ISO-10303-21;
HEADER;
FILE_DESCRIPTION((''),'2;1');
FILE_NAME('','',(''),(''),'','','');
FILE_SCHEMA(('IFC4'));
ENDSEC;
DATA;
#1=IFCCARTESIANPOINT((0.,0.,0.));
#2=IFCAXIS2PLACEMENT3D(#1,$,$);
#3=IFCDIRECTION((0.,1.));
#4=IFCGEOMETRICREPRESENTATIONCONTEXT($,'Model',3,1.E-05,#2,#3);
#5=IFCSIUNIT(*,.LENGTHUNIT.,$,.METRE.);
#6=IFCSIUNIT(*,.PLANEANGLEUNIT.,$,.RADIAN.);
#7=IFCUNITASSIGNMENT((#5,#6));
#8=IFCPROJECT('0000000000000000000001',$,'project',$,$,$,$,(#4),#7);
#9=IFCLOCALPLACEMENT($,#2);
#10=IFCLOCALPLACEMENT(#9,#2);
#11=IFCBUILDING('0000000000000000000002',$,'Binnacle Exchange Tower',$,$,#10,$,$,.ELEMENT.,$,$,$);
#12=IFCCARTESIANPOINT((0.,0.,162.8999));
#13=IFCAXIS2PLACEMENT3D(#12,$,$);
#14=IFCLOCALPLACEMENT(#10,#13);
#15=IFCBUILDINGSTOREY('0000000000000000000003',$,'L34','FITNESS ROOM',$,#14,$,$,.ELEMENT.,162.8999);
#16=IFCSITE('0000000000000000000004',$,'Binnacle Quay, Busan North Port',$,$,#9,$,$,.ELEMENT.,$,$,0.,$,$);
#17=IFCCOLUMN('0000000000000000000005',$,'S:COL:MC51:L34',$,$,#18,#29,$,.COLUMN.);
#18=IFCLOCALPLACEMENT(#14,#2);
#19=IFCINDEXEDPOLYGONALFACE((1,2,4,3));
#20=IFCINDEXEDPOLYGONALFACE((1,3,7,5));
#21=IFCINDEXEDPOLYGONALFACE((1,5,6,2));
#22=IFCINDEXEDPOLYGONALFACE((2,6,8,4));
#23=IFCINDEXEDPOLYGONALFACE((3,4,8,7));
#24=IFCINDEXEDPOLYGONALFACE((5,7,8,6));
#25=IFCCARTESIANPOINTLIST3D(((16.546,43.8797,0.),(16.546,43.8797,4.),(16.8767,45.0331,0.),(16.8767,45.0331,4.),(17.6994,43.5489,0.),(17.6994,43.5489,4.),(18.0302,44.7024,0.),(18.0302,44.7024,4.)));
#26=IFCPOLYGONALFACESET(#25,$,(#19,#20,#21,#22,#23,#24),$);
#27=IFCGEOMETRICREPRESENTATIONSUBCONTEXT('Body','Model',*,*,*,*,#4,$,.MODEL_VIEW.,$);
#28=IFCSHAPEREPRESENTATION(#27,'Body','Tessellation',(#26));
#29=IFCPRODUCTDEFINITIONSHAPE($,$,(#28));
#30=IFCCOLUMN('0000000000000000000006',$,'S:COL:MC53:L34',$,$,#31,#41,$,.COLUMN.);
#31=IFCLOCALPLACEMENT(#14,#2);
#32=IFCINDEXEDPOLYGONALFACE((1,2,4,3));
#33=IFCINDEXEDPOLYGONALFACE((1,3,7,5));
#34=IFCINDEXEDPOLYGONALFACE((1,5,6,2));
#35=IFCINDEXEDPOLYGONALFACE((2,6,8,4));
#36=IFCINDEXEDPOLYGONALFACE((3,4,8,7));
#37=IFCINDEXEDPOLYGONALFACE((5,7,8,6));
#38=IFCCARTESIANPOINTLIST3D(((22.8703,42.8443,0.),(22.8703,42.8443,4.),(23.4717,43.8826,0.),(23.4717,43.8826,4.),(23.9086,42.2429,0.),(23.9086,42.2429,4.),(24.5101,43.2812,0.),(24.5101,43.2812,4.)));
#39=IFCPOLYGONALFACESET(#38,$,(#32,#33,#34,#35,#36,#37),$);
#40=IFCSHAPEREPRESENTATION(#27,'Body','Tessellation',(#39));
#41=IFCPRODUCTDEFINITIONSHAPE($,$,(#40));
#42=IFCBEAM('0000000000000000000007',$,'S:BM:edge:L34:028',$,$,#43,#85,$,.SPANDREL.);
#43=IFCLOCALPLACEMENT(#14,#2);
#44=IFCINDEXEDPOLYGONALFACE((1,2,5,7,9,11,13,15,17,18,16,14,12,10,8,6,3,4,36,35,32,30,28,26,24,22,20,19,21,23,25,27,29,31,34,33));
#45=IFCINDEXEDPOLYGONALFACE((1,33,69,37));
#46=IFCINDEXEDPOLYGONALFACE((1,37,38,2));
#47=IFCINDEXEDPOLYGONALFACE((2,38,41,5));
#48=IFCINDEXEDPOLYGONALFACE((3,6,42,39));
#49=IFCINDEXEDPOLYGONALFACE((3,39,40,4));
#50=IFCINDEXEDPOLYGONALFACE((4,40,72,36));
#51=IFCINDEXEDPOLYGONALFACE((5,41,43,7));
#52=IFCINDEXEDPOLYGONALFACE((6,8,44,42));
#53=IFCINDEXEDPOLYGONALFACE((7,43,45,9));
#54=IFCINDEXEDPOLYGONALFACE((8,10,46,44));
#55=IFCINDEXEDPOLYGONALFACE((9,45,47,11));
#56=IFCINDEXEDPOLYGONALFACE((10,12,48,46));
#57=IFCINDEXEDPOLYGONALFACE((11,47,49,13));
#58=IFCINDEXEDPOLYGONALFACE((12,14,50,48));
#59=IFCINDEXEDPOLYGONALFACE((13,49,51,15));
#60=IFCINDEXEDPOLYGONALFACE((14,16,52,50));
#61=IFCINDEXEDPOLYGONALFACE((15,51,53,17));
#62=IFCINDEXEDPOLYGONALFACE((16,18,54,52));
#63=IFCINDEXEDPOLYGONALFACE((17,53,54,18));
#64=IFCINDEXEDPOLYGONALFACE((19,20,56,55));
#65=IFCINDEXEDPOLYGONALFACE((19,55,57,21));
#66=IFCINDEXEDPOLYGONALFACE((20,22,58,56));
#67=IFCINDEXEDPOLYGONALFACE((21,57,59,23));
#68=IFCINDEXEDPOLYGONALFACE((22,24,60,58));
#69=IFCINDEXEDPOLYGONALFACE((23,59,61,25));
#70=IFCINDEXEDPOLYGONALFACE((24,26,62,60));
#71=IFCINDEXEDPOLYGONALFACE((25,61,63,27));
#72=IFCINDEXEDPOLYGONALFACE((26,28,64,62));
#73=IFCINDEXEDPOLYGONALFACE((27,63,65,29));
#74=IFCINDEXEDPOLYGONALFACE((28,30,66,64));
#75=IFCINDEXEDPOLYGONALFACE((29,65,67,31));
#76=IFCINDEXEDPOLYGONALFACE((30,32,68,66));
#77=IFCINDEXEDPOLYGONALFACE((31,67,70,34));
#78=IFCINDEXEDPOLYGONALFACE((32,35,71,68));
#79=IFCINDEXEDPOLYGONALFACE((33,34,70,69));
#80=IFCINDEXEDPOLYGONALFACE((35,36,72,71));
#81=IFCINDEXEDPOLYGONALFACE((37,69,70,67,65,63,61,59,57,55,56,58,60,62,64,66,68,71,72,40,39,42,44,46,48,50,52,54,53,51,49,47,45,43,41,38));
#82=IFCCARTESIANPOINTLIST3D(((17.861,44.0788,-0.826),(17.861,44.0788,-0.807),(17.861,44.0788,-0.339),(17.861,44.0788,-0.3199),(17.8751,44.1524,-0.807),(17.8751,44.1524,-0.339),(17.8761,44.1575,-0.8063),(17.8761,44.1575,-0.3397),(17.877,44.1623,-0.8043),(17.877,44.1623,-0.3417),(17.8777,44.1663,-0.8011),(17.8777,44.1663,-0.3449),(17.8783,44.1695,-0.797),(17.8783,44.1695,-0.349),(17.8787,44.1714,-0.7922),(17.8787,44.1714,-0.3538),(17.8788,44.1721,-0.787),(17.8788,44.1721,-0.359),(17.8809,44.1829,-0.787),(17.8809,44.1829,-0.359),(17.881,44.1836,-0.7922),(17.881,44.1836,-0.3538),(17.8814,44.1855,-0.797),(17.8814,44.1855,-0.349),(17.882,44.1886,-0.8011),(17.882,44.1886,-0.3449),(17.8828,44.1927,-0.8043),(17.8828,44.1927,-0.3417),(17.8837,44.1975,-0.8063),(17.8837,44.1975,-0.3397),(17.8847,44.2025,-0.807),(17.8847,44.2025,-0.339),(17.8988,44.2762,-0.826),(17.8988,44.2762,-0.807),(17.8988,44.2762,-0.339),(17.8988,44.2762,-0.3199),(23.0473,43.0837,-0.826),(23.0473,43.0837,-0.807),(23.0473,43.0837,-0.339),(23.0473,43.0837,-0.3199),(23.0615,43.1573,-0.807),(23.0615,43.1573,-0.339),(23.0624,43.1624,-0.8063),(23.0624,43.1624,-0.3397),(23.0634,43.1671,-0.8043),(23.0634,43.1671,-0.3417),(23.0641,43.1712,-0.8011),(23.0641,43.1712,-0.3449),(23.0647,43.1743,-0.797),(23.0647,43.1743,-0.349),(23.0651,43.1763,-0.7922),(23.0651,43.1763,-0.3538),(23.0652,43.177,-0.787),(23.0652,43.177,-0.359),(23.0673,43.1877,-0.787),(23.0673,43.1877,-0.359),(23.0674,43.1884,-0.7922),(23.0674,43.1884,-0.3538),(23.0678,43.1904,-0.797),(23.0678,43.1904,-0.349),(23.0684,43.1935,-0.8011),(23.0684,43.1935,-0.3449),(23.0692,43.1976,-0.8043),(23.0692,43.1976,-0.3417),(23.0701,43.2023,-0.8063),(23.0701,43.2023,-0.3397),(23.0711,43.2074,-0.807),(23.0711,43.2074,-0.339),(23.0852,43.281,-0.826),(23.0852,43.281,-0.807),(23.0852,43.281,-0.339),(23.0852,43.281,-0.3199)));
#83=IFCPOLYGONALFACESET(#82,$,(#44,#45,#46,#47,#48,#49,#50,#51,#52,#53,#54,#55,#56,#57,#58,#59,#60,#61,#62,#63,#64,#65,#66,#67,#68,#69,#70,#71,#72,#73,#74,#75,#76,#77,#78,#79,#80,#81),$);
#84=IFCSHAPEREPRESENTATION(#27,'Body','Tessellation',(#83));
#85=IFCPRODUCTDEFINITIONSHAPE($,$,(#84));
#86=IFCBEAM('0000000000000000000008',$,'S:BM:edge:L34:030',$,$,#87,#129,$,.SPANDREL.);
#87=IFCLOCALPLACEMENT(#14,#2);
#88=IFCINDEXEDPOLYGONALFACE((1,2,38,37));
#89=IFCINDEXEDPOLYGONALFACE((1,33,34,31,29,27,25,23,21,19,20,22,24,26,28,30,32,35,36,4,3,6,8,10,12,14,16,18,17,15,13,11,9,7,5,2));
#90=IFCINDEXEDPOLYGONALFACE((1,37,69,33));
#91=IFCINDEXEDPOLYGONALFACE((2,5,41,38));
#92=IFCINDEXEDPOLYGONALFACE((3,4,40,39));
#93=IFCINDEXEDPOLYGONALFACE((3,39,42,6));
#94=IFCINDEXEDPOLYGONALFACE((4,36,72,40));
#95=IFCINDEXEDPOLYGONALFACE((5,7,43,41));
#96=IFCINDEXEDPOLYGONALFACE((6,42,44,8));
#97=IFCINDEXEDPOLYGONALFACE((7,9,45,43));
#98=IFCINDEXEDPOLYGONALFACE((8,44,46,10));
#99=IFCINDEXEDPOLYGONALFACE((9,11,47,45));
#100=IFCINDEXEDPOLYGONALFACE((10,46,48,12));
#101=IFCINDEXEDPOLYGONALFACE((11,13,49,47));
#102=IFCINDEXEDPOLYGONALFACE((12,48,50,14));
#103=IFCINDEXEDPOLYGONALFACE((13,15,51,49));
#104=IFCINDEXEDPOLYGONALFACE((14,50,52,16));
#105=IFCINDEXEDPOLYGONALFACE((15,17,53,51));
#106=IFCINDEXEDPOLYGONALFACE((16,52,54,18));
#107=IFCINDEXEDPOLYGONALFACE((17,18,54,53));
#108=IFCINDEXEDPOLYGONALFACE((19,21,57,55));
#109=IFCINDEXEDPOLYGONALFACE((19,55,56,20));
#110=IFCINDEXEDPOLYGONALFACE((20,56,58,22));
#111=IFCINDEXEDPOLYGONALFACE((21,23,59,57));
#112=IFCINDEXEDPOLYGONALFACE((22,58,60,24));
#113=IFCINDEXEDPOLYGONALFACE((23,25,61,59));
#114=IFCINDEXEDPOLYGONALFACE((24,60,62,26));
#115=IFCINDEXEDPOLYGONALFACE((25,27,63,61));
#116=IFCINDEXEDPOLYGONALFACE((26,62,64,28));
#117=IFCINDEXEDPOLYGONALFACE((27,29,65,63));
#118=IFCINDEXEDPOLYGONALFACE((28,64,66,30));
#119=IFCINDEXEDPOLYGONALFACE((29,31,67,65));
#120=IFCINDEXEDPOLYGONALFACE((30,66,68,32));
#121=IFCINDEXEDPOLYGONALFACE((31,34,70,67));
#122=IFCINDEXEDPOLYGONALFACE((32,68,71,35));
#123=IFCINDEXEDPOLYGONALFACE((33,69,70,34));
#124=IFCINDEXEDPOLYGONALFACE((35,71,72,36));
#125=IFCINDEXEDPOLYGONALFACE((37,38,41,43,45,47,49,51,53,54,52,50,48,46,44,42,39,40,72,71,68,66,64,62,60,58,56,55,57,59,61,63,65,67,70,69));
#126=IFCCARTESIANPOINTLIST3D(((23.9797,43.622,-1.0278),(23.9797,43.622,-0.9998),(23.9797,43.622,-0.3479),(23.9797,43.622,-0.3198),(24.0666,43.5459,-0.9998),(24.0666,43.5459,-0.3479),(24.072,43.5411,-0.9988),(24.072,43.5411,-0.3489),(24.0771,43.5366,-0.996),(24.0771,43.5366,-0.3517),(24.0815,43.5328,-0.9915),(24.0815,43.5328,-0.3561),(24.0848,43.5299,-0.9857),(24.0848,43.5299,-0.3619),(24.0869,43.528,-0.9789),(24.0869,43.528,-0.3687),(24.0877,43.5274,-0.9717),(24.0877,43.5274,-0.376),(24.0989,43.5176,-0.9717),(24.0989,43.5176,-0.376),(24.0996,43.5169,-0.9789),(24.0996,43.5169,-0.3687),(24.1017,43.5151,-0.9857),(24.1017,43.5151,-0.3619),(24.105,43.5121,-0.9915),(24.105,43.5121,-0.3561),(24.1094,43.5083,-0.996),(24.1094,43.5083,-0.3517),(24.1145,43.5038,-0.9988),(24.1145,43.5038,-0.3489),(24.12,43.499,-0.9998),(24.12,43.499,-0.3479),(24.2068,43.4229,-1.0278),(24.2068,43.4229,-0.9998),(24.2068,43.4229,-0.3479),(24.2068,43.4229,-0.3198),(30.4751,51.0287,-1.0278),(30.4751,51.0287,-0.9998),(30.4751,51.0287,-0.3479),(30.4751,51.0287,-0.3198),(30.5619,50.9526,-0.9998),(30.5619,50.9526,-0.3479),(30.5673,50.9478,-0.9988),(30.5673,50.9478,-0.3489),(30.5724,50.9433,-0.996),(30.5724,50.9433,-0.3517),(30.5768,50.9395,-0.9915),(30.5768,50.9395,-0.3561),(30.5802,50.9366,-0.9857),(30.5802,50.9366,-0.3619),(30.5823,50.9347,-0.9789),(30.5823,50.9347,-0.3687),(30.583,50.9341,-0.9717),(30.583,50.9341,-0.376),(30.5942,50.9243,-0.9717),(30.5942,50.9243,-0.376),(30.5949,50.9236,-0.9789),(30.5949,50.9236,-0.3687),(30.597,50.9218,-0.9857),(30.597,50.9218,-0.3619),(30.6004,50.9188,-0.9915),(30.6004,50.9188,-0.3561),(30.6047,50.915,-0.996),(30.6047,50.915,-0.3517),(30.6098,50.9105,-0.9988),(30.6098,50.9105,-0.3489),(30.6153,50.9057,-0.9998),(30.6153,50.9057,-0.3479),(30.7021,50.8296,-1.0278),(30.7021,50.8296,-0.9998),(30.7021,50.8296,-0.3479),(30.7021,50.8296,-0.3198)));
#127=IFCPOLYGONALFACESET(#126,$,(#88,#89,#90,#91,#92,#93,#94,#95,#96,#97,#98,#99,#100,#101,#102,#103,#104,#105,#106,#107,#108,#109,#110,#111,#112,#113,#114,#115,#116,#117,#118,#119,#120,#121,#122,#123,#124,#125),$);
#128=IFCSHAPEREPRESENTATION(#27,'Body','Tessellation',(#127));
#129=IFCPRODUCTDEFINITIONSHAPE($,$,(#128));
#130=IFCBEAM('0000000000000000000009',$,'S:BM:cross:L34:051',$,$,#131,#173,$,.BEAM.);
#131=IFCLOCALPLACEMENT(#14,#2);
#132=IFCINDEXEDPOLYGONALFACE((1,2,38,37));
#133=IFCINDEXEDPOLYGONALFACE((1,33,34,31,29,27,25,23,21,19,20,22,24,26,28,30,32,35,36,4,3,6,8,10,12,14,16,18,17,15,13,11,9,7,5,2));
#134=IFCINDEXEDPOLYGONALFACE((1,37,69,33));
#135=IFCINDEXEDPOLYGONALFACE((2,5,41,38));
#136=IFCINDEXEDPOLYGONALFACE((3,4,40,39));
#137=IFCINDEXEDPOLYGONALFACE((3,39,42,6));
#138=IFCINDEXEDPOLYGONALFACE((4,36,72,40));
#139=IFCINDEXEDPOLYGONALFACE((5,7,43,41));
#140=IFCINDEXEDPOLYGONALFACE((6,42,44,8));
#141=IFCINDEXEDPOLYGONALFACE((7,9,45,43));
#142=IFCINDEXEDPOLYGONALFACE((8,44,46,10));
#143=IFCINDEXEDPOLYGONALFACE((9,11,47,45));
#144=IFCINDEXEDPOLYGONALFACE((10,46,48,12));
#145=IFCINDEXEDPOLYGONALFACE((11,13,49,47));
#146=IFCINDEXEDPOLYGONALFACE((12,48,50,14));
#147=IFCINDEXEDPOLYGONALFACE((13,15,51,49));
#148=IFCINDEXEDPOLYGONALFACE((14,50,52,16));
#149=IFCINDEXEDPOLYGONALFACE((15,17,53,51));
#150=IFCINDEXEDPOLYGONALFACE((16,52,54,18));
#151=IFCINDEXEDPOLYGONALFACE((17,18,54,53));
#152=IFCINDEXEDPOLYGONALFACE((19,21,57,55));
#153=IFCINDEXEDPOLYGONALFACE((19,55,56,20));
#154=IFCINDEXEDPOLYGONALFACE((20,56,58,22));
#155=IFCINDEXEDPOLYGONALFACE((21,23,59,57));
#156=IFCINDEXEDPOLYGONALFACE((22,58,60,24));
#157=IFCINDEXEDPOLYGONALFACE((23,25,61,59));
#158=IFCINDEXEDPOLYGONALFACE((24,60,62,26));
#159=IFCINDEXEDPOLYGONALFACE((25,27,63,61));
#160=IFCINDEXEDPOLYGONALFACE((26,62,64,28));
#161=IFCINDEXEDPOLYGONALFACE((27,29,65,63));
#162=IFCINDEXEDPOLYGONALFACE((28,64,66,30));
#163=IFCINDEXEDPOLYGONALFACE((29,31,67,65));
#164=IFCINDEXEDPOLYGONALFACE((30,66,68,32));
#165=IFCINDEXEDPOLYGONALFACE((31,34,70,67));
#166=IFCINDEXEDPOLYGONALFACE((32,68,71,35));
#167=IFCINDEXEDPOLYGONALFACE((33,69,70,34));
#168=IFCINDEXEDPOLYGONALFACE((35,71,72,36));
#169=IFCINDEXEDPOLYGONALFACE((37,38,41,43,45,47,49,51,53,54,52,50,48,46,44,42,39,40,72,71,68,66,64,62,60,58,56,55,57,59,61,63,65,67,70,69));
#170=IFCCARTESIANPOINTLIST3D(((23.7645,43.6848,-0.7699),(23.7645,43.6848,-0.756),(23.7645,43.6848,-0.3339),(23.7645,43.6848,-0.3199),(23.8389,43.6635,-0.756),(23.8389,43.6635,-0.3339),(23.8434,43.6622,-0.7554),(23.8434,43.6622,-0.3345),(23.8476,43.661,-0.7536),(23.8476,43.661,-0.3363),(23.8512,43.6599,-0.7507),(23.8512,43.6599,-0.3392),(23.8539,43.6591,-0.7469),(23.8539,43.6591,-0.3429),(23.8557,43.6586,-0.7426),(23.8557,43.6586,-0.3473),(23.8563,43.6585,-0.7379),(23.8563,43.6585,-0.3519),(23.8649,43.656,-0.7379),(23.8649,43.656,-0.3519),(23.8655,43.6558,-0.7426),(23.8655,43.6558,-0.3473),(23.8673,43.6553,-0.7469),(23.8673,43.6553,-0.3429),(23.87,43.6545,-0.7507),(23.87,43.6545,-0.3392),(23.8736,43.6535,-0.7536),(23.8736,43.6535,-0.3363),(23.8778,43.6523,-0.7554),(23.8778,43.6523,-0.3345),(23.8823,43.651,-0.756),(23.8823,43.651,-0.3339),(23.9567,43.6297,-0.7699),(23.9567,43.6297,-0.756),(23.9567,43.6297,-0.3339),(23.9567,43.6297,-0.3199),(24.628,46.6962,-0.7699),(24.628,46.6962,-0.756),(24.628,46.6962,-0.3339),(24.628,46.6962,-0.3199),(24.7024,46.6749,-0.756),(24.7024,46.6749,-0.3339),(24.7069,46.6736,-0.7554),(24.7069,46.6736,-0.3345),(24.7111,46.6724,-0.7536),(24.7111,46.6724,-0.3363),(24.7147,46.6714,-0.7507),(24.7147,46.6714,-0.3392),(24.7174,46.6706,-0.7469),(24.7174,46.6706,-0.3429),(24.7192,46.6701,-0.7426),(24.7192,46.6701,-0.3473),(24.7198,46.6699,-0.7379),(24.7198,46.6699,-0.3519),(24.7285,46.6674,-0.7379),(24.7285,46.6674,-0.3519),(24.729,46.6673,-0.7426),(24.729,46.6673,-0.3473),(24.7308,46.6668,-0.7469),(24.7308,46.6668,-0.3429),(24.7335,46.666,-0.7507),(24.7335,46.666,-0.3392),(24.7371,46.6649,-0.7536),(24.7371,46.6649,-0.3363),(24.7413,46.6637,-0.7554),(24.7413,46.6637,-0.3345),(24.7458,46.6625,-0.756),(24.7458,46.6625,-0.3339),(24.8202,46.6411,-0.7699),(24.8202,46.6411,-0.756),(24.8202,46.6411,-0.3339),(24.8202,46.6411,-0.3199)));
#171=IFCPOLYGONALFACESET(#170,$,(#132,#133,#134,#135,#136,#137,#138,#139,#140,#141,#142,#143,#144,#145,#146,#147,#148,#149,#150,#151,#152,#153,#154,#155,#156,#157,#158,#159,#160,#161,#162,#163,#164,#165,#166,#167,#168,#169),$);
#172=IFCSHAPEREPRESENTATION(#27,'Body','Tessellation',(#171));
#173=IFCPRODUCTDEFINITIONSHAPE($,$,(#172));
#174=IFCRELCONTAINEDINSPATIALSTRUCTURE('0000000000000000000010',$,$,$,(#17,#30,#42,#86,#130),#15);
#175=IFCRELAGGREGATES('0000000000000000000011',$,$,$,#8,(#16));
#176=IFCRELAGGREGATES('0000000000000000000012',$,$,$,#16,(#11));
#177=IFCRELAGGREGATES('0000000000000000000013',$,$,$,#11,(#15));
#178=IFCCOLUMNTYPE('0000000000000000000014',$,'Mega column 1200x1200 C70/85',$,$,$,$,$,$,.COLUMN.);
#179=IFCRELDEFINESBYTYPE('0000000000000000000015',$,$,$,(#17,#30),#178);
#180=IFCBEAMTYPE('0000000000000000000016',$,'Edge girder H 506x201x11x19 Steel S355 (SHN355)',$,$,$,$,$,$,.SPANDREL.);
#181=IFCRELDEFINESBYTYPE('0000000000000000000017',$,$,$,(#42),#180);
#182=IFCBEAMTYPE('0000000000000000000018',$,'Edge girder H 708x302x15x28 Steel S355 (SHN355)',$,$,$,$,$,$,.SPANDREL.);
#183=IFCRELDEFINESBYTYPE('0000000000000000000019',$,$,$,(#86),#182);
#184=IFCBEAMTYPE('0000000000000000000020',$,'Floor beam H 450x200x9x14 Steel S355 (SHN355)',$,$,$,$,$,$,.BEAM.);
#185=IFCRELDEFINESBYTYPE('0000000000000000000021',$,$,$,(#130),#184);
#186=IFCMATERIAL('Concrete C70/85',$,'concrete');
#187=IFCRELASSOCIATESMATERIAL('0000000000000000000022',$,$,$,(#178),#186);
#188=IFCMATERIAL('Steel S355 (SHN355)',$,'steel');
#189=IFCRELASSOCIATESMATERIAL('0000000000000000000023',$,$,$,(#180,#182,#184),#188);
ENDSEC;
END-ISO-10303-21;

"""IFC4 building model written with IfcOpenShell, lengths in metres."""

from ifc_helpers import new_model, si_unit, direction, frame, origin, origin_2d, place, context, subcontext, project, spatial, rectangle, i_section, extrude, material, material_profile, profile_set, type_object, element, save


model = new_model("IFC4")

# Units and contexts
model_context = context("Model", 3, precision=1e-05, world=origin(), true_north=direction((0.0, 1.0)))
body_context = subcontext(model_context, "Body", "Model", "MODEL_VIEW")
ifc_project = project(units=[si_unit("LENGTHUNIT", "METRE"), si_unit("PLANEANGLEUNIT", "RADIAN")], contexts=[model_context])

# Site, building, storey
site_placement = place(None, origin())
site = spatial("IfcSite", under=ifc_project, at=site_placement, Name="Binnacle Quay, Busan North Port", CompositionType="ELEMENT", RefElevation=0.0)
building_placement = place(site_placement, origin())
building = spatial("IfcBuilding", under=site, at=building_placement, Name="Binnacle Exchange Tower", CompositionType="ELEMENT")
storey_placement = place(building_placement, frame((0.0, 0.0, 162.8999)))
storey = spatial("IfcBuildingStorey", under=building, at=storey_placement, Name="L34", Description="FITNESS ROOM", CompositionType="ELEMENT", Elevation=162.8999)

# Columns
ifc_material_1 = material(Name="Concrete C70/85", Category="concrete")
ifc_material_profile_1 = material_profile(ifc_material_1, rectangle(XDim=1.2, YDim=1.2, at=origin_2d()), Name="Mega column 1200x1200 C70/85")
ifc_profile_set_1 = profile_set([ifc_material_profile_1], Name="Concrete C70/85")
column_type = type_object("IfcColumnType", Name="Mega column 1200x1200 C70/85", PredefinedType="COLUMN", material=ifc_profile_set_1)
for number, where, z_axis, x_axis, name in (
    (1, (17.2881, 44.291, 0.0), (0.0, 0.0, 1.0), (0.961262, -0.275637, 0.0), "S:COL:MC51:L34"),
    (2, (23.6902, 43.0627, 0.0), (0.0, 0.0, 1.0), (-0.865326, 0.501209, 0.0), "S:COL:MC53:L34"),
):
    element("IfcColumn", number, at=place(storey_placement, frame(where, z_axis=z_axis, x_axis=x_axis)), inside=storey, type_object=column_type, Name=name, PredefinedType="COLUMN", context=body_context, shape_type="SweptSolid", body=[
        extrude(rectangle(XDim=1.2, YDim=1.2, at=origin_2d()), origin(), (0.0, 0.0, 1.0), 4.0),
    ])

# Beams
ifc_material_2 = material(Name="Steel S355 (SHN355)", Category="steel")
ifc_material_profile_2 = material_profile(ifc_material_2, i_section(OverallWidth=0.2009, OverallDepth=0.5061, WebThickness=0.011, FlangeThickness=0.019, FilletRadius=0.02, at=origin_2d()), Name="H 506x201x11x19")
ifc_profile_set_2 = profile_set([ifc_material_profile_2], Name="Steel S355 (SHN355)")
beam_type_1 = type_object("IfcBeamType", Name="Edge girder H 506x201x11x19 Steel S355 (SHN355)", PredefinedType="SPANDREL", material=ifc_profile_set_2)
beam_1_placement = place(storey_placement, frame((17.8799, 44.1775, -0.573), z_axis=(0.982085, -0.188438, 0.0), x_axis=(0.188438, 0.982085, 0.0)))
element("IfcBeam", 3, at=beam_1_placement, inside=storey, type_object=beam_type_1, Name="S:BM:edge:L34:028", PredefinedType="SPANDREL", context=body_context, shape_type="SweptSolid", body=[
    extrude(i_section(OverallWidth=0.2009, OverallDepth=0.5061, WebThickness=0.011, FlangeThickness=0.019, FilletRadius=0.02, at=origin_2d()), origin(), (0.0, 0.0, 1.0), 5.281),
])
ifc_material_profile_3 = material_profile(ifc_material_2, i_section(OverallWidth=0.302, OverallDepth=0.708, WebThickness=0.0149, FlangeThickness=0.0281, FilletRadius=0.0281, at=origin_2d()), Name="H 708x302x15x28")
ifc_profile_set_3 = profile_set([ifc_material_profile_3], Name="Steel S355 (SHN355)")
beam_type_2 = type_object("IfcBeamType", Name="Edge girder H 708x302x15x28 Steel S355 (SHN355)", PredefinedType="SPANDREL", material=ifc_profile_set_3)
beam_2_placement = place(storey_placement, frame((24.0933, 43.5225, -0.6738), z_axis=(0.659336, 0.751849, 0.0), x_axis=(-0.751849, 0.659336, 0.0)))
element("IfcBeam", 4, at=beam_2_placement, inside=storey, type_object=beam_type_2, Name="S:BM:edge:L34:030", PredefinedType="SPANDREL", context=body_context, shape_type="SweptSolid", body=[
    extrude(i_section(OverallWidth=0.302, OverallDepth=0.708, WebThickness=0.0149, FlangeThickness=0.0281, FilletRadius=0.0281, at=origin_2d()), origin(), (0.0, 0.0, 1.0), 9.8513),
])
ifc_material_profile_4 = material_profile(ifc_material_2, i_section(OverallWidth=0.2, OverallDepth=0.45, WebThickness=0.009, FlangeThickness=0.0139, FilletRadius=0.0181, at=origin_2d()), Name="H 450x200x9x14")
ifc_profile_set_4 = profile_set([ifc_material_profile_4], Name="Steel S355 (SHN355)")
beam_type_3 = type_object("IfcBeamType", Name="Floor beam H 450x200x9x14 Steel S355 (SHN355)", PredefinedType="BEAM", material=ifc_profile_set_4)
beam_3_placement = place(storey_placement, frame((23.8606, 43.6572, -0.5449), z_axis=(0.275637, 0.961262, 0.0), x_axis=(-0.961262, 0.275637, 0.0)))
element("IfcBeam", 5, at=beam_3_placement, inside=storey, type_object=beam_type_3, Name="S:BM:cross:L34:051", PredefinedType="BEAM", context=body_context, shape_type="SweptSolid", body=[
    extrude(i_section(OverallWidth=0.2, OverallDepth=0.45, WebThickness=0.009, FlangeThickness=0.0139, FilletRadius=0.0181, at=origin_2d()), origin(), (0.0, 0.0, 1.0), 3.1328),
])

save(model, "model.ifc")
